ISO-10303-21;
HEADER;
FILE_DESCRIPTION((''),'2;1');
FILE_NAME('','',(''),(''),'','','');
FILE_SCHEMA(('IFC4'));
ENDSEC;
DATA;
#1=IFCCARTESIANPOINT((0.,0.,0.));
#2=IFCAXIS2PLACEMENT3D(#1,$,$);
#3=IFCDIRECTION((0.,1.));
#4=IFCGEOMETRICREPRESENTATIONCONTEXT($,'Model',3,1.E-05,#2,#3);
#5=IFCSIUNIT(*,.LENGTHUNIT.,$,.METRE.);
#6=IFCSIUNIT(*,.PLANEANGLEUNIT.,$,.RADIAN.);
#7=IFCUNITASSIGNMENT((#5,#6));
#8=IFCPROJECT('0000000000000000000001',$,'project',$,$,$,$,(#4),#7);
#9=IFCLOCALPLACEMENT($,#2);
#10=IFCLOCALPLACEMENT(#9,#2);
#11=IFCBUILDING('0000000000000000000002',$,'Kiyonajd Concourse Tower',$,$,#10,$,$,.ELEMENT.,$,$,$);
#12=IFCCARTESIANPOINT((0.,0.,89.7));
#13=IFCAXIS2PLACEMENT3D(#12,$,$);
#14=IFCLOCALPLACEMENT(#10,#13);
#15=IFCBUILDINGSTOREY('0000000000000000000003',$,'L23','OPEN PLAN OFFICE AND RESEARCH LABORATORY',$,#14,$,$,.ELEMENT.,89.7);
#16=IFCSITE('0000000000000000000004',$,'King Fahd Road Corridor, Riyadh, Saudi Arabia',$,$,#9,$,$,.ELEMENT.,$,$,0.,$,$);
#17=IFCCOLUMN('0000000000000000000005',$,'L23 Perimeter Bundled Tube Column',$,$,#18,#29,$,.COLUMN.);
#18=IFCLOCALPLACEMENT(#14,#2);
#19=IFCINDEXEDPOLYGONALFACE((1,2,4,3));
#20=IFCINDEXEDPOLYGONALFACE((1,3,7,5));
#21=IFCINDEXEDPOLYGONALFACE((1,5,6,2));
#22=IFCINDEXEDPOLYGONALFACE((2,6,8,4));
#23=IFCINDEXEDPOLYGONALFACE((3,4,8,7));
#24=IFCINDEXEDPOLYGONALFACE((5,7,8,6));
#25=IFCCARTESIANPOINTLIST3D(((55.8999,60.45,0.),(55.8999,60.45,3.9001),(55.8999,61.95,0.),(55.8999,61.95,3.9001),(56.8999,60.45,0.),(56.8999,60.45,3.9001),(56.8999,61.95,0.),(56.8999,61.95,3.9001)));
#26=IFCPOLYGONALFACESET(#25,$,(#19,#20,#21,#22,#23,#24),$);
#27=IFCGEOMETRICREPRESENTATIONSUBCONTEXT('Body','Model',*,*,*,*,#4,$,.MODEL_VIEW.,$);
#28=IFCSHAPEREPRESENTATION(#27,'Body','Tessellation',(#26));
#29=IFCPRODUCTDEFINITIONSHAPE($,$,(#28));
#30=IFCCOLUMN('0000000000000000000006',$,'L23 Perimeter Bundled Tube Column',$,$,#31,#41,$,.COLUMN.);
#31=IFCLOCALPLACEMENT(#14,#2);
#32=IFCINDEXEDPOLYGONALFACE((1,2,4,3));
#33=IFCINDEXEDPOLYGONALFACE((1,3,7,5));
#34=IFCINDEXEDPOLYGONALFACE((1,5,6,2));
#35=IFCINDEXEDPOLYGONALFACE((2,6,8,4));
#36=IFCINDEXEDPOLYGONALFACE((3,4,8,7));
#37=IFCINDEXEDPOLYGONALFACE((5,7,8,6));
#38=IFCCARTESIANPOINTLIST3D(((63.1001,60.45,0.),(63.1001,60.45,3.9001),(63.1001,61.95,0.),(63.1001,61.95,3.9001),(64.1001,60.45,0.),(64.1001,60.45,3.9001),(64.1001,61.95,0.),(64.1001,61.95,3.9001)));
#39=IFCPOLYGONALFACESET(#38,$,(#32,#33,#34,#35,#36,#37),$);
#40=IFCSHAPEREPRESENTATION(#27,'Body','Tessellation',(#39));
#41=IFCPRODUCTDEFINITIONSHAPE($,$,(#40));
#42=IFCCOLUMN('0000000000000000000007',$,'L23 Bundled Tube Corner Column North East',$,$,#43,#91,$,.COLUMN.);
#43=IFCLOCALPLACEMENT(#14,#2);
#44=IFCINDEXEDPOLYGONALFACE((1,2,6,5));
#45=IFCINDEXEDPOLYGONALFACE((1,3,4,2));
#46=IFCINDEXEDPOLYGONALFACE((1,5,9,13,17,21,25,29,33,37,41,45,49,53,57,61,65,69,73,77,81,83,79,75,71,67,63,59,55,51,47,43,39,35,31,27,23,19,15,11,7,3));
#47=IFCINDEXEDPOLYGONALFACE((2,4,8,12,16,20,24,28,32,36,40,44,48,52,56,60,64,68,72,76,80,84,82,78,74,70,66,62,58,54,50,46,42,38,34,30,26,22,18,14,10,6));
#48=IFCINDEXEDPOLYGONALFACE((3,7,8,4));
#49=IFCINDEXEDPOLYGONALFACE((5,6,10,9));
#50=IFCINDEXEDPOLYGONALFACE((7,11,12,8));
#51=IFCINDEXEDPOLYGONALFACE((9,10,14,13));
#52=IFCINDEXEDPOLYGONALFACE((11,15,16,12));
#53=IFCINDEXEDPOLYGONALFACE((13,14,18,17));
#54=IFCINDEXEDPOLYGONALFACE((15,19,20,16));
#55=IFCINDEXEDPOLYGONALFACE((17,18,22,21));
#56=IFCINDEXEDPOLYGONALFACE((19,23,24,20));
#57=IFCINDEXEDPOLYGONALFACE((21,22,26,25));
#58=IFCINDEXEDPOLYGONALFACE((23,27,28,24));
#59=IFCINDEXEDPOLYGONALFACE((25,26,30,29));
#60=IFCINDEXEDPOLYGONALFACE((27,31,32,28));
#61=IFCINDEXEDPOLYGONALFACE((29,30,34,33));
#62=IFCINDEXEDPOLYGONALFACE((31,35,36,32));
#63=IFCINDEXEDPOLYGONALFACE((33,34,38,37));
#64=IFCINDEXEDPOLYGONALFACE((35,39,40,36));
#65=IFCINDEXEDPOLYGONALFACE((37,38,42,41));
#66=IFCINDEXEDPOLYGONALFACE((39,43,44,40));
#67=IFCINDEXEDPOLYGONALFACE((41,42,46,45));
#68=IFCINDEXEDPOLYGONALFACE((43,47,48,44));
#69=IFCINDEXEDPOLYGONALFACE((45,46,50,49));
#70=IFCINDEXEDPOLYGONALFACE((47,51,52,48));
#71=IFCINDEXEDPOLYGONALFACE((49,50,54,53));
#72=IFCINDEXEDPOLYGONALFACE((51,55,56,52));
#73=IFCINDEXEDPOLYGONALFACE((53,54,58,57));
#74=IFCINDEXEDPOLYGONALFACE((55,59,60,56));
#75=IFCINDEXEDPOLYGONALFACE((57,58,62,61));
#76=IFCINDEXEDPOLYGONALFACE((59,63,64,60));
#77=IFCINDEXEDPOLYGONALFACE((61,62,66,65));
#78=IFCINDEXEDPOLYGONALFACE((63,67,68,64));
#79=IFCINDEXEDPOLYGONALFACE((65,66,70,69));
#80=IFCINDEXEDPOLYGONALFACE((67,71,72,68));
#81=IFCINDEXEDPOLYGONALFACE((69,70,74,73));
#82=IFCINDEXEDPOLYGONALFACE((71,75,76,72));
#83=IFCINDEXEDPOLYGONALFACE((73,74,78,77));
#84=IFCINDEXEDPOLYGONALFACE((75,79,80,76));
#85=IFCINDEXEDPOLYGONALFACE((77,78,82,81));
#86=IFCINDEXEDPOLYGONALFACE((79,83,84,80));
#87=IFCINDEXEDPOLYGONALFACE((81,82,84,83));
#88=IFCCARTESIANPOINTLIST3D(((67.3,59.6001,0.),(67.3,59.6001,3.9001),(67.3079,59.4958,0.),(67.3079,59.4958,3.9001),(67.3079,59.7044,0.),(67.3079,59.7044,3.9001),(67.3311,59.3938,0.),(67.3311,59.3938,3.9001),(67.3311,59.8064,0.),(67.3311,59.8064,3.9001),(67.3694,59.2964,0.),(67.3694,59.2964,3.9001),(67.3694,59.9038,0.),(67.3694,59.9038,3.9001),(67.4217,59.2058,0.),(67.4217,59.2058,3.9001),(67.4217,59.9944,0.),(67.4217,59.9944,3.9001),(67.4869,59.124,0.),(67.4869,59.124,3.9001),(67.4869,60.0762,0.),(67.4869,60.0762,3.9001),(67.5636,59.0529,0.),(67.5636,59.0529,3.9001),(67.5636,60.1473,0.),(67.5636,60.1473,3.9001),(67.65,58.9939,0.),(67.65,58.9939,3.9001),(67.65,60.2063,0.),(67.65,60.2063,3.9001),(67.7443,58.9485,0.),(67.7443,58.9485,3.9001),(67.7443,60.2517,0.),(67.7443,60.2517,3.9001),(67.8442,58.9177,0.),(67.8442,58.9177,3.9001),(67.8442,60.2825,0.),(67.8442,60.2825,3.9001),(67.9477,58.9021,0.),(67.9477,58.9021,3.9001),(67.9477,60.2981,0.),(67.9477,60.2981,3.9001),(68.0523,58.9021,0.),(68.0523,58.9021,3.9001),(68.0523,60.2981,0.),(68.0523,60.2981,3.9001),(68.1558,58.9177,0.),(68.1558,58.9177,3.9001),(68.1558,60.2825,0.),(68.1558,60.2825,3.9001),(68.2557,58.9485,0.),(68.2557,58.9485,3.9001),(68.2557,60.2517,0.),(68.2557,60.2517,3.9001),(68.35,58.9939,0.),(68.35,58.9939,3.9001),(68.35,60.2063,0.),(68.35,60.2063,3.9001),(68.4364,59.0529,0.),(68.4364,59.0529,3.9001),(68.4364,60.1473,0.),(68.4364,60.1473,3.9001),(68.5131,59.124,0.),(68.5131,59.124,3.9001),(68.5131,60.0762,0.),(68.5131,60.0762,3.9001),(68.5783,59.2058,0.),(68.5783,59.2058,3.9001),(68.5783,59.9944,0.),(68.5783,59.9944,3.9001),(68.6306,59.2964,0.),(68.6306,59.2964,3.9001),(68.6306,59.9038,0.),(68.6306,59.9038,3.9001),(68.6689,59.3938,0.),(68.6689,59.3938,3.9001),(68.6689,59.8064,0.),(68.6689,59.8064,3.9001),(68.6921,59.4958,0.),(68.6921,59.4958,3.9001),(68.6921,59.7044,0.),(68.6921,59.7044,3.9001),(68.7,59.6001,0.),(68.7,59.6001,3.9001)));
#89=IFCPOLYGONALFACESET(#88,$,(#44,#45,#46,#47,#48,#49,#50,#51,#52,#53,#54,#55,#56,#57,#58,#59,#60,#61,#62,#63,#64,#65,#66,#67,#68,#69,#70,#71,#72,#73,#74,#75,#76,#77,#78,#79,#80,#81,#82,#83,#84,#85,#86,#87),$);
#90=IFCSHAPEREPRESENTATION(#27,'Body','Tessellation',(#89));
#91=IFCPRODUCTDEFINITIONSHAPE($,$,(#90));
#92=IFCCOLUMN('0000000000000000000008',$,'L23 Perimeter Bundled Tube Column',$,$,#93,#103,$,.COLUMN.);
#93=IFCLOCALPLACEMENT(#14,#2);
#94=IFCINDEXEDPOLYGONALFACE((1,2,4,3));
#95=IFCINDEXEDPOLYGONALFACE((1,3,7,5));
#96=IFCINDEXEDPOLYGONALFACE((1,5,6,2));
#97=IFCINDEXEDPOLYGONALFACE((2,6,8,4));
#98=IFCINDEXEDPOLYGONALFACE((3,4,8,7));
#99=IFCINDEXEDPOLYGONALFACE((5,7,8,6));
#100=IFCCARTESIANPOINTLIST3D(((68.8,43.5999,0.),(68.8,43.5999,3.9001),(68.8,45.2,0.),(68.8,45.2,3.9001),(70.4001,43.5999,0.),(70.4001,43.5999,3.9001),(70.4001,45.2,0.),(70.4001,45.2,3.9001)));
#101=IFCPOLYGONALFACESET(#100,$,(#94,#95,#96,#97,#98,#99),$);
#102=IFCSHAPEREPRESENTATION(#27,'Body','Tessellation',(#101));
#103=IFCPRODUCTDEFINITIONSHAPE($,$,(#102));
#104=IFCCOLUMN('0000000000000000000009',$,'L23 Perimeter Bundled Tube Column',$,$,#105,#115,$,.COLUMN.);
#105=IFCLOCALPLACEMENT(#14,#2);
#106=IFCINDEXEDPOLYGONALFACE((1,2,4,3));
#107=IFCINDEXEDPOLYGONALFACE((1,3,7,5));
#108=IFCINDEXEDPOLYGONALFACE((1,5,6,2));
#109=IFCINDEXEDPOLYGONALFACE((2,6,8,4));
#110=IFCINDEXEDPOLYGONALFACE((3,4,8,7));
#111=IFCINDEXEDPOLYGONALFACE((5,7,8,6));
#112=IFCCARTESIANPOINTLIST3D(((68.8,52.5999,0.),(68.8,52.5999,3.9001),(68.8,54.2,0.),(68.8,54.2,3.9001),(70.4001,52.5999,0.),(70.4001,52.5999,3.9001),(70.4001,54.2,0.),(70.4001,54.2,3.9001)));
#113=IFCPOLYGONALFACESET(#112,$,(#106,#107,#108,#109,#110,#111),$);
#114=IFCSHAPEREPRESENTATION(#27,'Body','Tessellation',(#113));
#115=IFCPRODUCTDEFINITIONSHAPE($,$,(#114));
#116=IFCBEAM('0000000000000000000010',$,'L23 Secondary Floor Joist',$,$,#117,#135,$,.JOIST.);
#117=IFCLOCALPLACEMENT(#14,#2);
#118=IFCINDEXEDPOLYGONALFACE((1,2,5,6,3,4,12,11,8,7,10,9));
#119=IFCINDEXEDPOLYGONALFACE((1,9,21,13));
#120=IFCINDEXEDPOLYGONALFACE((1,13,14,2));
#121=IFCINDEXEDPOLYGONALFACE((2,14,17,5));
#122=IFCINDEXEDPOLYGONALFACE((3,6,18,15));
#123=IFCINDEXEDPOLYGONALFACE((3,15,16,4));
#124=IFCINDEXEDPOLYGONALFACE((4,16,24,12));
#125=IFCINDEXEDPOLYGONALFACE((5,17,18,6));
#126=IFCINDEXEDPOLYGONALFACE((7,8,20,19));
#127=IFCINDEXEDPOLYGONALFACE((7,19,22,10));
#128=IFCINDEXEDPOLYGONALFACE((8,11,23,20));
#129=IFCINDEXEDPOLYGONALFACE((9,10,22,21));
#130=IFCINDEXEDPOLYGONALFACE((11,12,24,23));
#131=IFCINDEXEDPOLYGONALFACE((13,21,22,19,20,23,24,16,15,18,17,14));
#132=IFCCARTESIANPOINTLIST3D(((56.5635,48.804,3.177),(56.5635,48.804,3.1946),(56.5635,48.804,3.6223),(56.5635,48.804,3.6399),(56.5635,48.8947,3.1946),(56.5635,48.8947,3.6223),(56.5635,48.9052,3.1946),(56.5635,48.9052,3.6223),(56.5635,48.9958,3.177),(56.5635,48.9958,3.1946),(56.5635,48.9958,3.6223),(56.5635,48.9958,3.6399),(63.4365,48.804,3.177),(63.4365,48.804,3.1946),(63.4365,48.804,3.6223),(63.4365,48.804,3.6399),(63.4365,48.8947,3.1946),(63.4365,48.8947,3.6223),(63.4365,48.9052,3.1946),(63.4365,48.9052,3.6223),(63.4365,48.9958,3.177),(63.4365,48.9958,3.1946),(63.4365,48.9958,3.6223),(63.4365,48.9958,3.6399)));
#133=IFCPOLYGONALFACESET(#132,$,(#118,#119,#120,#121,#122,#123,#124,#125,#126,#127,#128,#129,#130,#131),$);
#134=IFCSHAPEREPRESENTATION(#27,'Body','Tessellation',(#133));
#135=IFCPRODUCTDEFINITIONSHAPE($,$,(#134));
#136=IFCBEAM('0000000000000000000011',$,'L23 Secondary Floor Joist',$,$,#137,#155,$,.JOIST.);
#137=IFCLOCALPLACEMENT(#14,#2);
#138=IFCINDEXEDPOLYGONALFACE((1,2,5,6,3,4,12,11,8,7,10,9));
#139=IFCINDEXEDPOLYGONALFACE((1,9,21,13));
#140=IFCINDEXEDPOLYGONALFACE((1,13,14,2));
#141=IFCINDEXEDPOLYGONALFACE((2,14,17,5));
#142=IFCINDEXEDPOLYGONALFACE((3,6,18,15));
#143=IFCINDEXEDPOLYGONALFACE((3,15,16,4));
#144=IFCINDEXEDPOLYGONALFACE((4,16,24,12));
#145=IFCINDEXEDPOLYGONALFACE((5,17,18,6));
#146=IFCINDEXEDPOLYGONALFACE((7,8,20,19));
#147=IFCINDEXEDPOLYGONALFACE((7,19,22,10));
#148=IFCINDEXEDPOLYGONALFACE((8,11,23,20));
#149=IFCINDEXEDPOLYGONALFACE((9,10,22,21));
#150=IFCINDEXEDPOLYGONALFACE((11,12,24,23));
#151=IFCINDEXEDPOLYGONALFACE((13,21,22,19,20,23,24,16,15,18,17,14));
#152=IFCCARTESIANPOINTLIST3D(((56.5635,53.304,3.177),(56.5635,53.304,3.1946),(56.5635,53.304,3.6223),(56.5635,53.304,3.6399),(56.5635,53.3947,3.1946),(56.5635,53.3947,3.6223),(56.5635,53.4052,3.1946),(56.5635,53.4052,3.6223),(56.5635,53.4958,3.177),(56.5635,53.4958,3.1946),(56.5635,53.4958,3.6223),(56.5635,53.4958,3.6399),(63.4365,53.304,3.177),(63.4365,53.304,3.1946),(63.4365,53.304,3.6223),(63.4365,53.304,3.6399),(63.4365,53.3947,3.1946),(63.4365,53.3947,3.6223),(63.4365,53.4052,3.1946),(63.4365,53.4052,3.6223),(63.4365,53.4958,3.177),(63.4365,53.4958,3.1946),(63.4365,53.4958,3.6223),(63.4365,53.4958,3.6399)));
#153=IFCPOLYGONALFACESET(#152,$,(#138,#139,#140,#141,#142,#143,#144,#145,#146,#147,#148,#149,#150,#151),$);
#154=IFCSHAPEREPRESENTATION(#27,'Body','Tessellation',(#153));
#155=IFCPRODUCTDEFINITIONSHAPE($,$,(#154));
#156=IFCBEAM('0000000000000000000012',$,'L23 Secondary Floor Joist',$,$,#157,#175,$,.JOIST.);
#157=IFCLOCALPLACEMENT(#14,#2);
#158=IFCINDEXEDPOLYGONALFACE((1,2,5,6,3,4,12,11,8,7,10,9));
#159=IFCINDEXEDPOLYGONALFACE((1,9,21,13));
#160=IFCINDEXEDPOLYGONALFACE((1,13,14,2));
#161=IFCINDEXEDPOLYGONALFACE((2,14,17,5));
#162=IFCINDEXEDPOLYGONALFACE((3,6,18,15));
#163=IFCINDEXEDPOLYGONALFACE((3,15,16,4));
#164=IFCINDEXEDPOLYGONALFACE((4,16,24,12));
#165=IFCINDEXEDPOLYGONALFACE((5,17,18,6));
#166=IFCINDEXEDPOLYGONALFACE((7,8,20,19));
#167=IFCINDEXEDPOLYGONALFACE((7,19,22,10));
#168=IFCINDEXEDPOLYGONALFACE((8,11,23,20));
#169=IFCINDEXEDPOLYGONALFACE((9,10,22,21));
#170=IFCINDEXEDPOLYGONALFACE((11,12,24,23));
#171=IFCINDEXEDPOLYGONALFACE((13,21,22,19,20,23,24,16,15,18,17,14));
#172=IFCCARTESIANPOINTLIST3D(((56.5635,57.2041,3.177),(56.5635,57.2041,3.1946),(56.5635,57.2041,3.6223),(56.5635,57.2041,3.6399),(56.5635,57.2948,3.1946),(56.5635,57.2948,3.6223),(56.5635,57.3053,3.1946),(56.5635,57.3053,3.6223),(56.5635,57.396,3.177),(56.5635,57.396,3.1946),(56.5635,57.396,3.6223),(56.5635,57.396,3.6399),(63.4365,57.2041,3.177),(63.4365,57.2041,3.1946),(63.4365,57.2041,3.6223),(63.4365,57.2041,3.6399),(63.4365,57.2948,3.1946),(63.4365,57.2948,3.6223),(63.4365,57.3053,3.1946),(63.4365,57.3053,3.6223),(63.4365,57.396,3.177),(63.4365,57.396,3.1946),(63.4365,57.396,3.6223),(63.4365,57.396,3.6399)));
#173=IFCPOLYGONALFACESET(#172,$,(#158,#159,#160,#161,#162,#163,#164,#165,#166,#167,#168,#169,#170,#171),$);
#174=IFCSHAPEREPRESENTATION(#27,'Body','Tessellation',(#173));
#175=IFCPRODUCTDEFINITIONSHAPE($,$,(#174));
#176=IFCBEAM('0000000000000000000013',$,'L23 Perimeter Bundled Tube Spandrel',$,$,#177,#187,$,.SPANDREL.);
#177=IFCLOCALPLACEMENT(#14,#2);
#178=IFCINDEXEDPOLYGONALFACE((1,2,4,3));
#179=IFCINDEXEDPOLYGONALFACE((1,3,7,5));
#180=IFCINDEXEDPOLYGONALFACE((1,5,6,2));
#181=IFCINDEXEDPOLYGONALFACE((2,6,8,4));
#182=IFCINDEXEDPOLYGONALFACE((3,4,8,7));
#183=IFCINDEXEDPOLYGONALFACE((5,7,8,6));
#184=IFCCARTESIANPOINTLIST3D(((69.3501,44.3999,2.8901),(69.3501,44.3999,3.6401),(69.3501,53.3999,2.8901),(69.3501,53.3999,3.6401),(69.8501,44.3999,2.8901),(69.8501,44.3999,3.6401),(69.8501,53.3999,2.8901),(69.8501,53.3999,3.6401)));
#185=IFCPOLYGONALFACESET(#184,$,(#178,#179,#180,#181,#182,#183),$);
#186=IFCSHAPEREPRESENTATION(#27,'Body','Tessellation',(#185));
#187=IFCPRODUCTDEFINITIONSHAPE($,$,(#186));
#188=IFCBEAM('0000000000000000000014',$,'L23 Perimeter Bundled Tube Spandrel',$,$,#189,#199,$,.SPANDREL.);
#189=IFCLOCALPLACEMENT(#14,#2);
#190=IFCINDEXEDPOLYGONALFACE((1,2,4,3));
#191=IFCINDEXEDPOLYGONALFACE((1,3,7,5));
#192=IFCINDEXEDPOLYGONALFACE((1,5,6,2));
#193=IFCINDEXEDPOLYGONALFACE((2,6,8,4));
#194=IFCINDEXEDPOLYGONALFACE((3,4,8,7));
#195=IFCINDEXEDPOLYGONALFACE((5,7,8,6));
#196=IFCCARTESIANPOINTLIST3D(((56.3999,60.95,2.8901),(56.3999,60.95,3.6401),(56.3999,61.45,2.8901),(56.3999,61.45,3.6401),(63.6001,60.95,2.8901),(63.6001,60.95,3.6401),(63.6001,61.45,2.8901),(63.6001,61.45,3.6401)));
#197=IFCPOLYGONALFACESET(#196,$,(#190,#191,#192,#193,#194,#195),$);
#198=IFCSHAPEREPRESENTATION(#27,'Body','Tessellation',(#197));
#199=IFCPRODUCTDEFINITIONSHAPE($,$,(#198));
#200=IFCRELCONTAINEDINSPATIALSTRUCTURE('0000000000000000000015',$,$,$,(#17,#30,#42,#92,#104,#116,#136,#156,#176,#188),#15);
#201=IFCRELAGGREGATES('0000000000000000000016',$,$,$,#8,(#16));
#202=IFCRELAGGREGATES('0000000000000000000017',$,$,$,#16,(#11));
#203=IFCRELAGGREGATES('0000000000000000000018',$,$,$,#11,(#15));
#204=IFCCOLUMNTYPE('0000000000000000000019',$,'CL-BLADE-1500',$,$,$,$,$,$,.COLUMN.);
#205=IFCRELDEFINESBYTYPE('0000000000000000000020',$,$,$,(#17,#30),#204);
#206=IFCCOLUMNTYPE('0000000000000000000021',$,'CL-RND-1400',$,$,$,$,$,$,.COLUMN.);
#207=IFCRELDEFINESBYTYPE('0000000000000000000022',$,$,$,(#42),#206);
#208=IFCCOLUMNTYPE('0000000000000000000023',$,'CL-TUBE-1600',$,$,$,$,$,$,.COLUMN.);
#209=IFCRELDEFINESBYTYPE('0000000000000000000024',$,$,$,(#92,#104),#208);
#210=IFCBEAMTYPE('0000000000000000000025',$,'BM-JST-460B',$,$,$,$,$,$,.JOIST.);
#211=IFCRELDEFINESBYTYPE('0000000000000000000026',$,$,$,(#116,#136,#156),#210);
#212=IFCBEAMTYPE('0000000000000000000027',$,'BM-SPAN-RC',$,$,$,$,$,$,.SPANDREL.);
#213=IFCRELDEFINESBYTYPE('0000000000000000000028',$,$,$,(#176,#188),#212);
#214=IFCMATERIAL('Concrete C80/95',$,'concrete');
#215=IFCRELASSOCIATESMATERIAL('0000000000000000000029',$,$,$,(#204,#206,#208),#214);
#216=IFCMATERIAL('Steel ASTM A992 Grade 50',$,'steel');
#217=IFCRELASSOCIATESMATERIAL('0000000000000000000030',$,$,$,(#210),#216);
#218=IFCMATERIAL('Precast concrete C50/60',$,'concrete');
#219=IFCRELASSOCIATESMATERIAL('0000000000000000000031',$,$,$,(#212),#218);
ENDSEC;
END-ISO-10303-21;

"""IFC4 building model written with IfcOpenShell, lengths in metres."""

from ifc_helpers import new_model, si_unit, direction, frame, origin, origin_2d, place, context, subcontext, project, spatial, rectangle, circle, i_section, extrude, material, material_profile, profile_set, type_object, element, save


model = new_model("IFC4")

# Units and contexts
model_context = context("Model", 3, precision=1e-05, world=origin(), true_north=direction((0.0, 1.0)))
body_context = subcontext(model_context, "Body", "Model", "MODEL_VIEW")
ifc_project = project(units=[si_unit("LENGTHUNIT", "METRE"), si_unit("PLANEANGLEUNIT", "RADIAN")], contexts=[model_context])

# Site, building, storey
site_placement = place(None, origin())
site = spatial("IfcSite", under=ifc_project, at=site_placement, Name="King Fahd Road Corridor, Riyadh, Saudi Arabia", CompositionType="ELEMENT", RefElevation=0.0)
building_placement = place(site_placement, origin())
building = spatial("IfcBuilding", under=site, at=building_placement, Name="Kiyonajd Concourse Tower", CompositionType="ELEMENT")
storey_placement = place(building_placement, frame((0.0, 0.0, 89.7)))
storey = spatial("IfcBuildingStorey", under=building, at=storey_placement, Name="L23", Description="OPEN PLAN OFFICE AND RESEARCH LABORATORY", CompositionType="ELEMENT", Elevation=89.7)

# Columns
ifc_material_1 = material(Name="Concrete C80/95", Category="concrete")
ifc_material_profile_1 = material_profile(ifc_material_1, rectangle(XDim=1.0, YDim=1.5, at=origin_2d()), Name="RC-1500x1000")
ifc_profile_set_1 = profile_set([ifc_material_profile_1], Name="Concrete C80/95")
column_type_1 = type_object("IfcColumnType", Name="CL-BLADE-1500", PredefinedType="COLUMN", material=ifc_profile_set_1)
for number, where, z_axis, x_axis, name in (
    (1, (56.3999, 61.2, 0.0), (0.0, 0.0, 1.0), (1.0, 0.0, 0.0), "L23 Perimeter Bundled Tube Column"),
    (2, (63.6001, 61.2, 0.0), (0.0, 0.0, 1.0), (1.0, 0.0, 0.0), "L23 Perimeter Bundled Tube Column"),
):
    element("IfcColumn", number, at=place(storey_placement, frame(where, z_axis=z_axis, x_axis=x_axis)), inside=storey, type_object=column_type_1, Name=name, PredefinedType="COLUMN", context=body_context, shape_type="SweptSolid", body=[
        extrude(rectangle(XDim=1.0, YDim=1.5, at=origin_2d()), origin(), (0.0, 0.0, 1.0), 3.9001),
    ])
ifc_material_profile_2 = material_profile(ifc_material_1, circle(Radius=0.7, at=origin_2d()), Name="RCC-D1400")
ifc_profile_set_2 = profile_set([ifc_material_profile_2], Name="Concrete C80/95")
column_type_2 = type_object("IfcColumnType", Name="CL-RND-1400", PredefinedType="COLUMN", material=ifc_profile_set_2)
column_placement = place(storey_placement, frame((68.0, 59.6001, 0.0), z_axis=(0.0, 0.0, 1.0), x_axis=(1.0, 0.0, 0.0)))
element("IfcColumn", 3, at=column_placement, inside=storey, type_object=column_type_2, Name="L23 Bundled Tube Corner Column North East", PredefinedType="COLUMN", context=body_context, shape_type="SweptSolid", body=[
    extrude(circle(Radius=0.7, at=origin_2d()), origin(), (0.0, 0.0, 1.0), 3.9001),
])
ifc_material_profile_3 = material_profile(ifc_material_1, rectangle(XDim=1.6001, YDim=1.6001, at=origin_2d()), Name="RC-1600x1600")
ifc_profile_set_3 = profile_set([ifc_material_profile_3], Name="Concrete C80/95")
column_type_3 = type_object("IfcColumnType", Name="CL-TUBE-1600", PredefinedType="COLUMN", material=ifc_profile_set_3)
for number, where, z_axis, x_axis, name in (
    (4, (69.6001, 44.3999, 0.0), (0.0, 0.0, 1.0), (1.0, 0.0, 0.0), "L23 Perimeter Bundled Tube Column"),
    (5, (69.6001, 53.3999, 0.0), (0.0, 0.0, 1.0), (1.0, 0.0, 0.0), "L23 Perimeter Bundled Tube Column"),
):
    element("IfcColumn", number, at=place(storey_placement, frame(where, z_axis=z_axis, x_axis=x_axis)), inside=storey, type_object=column_type_3, Name=name, PredefinedType="COLUMN", context=body_context, shape_type="SweptSolid", body=[
        extrude(rectangle(XDim=1.6001, YDim=1.6001, at=origin_2d()), origin(), (0.0, 0.0, 1.0), 3.9001),
    ])

# Beams
ifc_material_2 = material(Name="Steel ASTM A992 Grade 50", Category="steel")
ifc_material_profile_4 = material_profile(ifc_material_2, i_section(OverallWidth=0.1919, OverallDepth=0.4629, WebThickness=0.0105, FlangeThickness=0.0176, at=origin_2d()), Name="W460X89")
ifc_profile_set_4 = profile_set([ifc_material_profile_4], Name="Steel ASTM A992 Grade 50")
beam_type_1 = type_object("IfcBeamType", Name="BM-JST-460B", PredefinedType="JOIST", material=ifc_profile_set_4)
for number, where, z_axis, x_axis, name in (
    (6, (56.5635, 48.8999, 3.4084), (1.0, 0.0, 0.0), (0.0, 1.0, 0.0), "L23 Secondary Floor Joist"),
    (7, (56.5635, 53.3999, 3.4084), (1.0, 0.0, 0.0), (0.0, 1.0, 0.0), "L23 Secondary Floor Joist"),
    (8, (56.5635, 57.3, 3.4084), (1.0, 0.0, 0.0), (0.0, 1.0, 0.0), "L23 Secondary Floor Joist"),
):
    element("IfcBeam", number, at=place(storey_placement, frame(where, z_axis=z_axis, x_axis=x_axis)), inside=storey, type_object=beam_type_1, Name=name, PredefinedType="JOIST", context=body_context, shape_type="SweptSolid", body=[
        extrude(i_section(OverallWidth=0.1919, OverallDepth=0.4629, WebThickness=0.0105, FlangeThickness=0.0176, at=origin_2d()), origin(), (0.0, 0.0, 1.0), 6.873),
    ])
ifc_material_3 = material(Name="Precast concrete C50/60", Category="concrete")
ifc_material_profile_5 = material_profile(ifc_material_3, rectangle(XDim=0.5, YDim=0.75, at=origin_2d()), Name="RCBM-500x750")
ifc_profile_set_5 = profile_set([ifc_material_profile_5], Name="Precast concrete C50/60")
beam_type_2 = type_object("IfcBeamType", Name="BM-SPAN-RC", PredefinedType="SPANDREL", material=ifc_profile_set_5)
beam_1_placement = place(storey_placement, frame((69.6001, 44.3999, 3.2651), z_axis=(0.0, 1.0, 0.0), x_axis=(-1.0, 0.0, 0.0)))
element("IfcBeam", 9, at=beam_1_placement, inside=storey, type_object=beam_type_2, Name="L23 Perimeter Bundled Tube Spandrel", PredefinedType="SPANDREL", context=body_context, shape_type="SweptSolid", body=[
    extrude(rectangle(XDim=0.5, YDim=0.75, at=origin_2d()), origin(), (0.0, 0.0, 1.0), 9.0),
])
beam_2_placement = place(storey_placement, frame((63.6001, 61.2, 3.2651), z_axis=(-1.0, 0.0, 0.0), x_axis=(0.0, -1.0, 0.0)))
element("IfcBeam", 10, at=beam_2_placement, inside=storey, type_object=beam_type_2, Name="L23 Perimeter Bundled Tube Spandrel", PredefinedType="SPANDREL", context=body_context, shape_type="SweptSolid", body=[
    extrude(rectangle(XDim=0.5, YDim=0.75, at=origin_2d()), origin(), (0.0, 0.0, 1.0), 7.2002),
])

save(model, "model.ifc")
